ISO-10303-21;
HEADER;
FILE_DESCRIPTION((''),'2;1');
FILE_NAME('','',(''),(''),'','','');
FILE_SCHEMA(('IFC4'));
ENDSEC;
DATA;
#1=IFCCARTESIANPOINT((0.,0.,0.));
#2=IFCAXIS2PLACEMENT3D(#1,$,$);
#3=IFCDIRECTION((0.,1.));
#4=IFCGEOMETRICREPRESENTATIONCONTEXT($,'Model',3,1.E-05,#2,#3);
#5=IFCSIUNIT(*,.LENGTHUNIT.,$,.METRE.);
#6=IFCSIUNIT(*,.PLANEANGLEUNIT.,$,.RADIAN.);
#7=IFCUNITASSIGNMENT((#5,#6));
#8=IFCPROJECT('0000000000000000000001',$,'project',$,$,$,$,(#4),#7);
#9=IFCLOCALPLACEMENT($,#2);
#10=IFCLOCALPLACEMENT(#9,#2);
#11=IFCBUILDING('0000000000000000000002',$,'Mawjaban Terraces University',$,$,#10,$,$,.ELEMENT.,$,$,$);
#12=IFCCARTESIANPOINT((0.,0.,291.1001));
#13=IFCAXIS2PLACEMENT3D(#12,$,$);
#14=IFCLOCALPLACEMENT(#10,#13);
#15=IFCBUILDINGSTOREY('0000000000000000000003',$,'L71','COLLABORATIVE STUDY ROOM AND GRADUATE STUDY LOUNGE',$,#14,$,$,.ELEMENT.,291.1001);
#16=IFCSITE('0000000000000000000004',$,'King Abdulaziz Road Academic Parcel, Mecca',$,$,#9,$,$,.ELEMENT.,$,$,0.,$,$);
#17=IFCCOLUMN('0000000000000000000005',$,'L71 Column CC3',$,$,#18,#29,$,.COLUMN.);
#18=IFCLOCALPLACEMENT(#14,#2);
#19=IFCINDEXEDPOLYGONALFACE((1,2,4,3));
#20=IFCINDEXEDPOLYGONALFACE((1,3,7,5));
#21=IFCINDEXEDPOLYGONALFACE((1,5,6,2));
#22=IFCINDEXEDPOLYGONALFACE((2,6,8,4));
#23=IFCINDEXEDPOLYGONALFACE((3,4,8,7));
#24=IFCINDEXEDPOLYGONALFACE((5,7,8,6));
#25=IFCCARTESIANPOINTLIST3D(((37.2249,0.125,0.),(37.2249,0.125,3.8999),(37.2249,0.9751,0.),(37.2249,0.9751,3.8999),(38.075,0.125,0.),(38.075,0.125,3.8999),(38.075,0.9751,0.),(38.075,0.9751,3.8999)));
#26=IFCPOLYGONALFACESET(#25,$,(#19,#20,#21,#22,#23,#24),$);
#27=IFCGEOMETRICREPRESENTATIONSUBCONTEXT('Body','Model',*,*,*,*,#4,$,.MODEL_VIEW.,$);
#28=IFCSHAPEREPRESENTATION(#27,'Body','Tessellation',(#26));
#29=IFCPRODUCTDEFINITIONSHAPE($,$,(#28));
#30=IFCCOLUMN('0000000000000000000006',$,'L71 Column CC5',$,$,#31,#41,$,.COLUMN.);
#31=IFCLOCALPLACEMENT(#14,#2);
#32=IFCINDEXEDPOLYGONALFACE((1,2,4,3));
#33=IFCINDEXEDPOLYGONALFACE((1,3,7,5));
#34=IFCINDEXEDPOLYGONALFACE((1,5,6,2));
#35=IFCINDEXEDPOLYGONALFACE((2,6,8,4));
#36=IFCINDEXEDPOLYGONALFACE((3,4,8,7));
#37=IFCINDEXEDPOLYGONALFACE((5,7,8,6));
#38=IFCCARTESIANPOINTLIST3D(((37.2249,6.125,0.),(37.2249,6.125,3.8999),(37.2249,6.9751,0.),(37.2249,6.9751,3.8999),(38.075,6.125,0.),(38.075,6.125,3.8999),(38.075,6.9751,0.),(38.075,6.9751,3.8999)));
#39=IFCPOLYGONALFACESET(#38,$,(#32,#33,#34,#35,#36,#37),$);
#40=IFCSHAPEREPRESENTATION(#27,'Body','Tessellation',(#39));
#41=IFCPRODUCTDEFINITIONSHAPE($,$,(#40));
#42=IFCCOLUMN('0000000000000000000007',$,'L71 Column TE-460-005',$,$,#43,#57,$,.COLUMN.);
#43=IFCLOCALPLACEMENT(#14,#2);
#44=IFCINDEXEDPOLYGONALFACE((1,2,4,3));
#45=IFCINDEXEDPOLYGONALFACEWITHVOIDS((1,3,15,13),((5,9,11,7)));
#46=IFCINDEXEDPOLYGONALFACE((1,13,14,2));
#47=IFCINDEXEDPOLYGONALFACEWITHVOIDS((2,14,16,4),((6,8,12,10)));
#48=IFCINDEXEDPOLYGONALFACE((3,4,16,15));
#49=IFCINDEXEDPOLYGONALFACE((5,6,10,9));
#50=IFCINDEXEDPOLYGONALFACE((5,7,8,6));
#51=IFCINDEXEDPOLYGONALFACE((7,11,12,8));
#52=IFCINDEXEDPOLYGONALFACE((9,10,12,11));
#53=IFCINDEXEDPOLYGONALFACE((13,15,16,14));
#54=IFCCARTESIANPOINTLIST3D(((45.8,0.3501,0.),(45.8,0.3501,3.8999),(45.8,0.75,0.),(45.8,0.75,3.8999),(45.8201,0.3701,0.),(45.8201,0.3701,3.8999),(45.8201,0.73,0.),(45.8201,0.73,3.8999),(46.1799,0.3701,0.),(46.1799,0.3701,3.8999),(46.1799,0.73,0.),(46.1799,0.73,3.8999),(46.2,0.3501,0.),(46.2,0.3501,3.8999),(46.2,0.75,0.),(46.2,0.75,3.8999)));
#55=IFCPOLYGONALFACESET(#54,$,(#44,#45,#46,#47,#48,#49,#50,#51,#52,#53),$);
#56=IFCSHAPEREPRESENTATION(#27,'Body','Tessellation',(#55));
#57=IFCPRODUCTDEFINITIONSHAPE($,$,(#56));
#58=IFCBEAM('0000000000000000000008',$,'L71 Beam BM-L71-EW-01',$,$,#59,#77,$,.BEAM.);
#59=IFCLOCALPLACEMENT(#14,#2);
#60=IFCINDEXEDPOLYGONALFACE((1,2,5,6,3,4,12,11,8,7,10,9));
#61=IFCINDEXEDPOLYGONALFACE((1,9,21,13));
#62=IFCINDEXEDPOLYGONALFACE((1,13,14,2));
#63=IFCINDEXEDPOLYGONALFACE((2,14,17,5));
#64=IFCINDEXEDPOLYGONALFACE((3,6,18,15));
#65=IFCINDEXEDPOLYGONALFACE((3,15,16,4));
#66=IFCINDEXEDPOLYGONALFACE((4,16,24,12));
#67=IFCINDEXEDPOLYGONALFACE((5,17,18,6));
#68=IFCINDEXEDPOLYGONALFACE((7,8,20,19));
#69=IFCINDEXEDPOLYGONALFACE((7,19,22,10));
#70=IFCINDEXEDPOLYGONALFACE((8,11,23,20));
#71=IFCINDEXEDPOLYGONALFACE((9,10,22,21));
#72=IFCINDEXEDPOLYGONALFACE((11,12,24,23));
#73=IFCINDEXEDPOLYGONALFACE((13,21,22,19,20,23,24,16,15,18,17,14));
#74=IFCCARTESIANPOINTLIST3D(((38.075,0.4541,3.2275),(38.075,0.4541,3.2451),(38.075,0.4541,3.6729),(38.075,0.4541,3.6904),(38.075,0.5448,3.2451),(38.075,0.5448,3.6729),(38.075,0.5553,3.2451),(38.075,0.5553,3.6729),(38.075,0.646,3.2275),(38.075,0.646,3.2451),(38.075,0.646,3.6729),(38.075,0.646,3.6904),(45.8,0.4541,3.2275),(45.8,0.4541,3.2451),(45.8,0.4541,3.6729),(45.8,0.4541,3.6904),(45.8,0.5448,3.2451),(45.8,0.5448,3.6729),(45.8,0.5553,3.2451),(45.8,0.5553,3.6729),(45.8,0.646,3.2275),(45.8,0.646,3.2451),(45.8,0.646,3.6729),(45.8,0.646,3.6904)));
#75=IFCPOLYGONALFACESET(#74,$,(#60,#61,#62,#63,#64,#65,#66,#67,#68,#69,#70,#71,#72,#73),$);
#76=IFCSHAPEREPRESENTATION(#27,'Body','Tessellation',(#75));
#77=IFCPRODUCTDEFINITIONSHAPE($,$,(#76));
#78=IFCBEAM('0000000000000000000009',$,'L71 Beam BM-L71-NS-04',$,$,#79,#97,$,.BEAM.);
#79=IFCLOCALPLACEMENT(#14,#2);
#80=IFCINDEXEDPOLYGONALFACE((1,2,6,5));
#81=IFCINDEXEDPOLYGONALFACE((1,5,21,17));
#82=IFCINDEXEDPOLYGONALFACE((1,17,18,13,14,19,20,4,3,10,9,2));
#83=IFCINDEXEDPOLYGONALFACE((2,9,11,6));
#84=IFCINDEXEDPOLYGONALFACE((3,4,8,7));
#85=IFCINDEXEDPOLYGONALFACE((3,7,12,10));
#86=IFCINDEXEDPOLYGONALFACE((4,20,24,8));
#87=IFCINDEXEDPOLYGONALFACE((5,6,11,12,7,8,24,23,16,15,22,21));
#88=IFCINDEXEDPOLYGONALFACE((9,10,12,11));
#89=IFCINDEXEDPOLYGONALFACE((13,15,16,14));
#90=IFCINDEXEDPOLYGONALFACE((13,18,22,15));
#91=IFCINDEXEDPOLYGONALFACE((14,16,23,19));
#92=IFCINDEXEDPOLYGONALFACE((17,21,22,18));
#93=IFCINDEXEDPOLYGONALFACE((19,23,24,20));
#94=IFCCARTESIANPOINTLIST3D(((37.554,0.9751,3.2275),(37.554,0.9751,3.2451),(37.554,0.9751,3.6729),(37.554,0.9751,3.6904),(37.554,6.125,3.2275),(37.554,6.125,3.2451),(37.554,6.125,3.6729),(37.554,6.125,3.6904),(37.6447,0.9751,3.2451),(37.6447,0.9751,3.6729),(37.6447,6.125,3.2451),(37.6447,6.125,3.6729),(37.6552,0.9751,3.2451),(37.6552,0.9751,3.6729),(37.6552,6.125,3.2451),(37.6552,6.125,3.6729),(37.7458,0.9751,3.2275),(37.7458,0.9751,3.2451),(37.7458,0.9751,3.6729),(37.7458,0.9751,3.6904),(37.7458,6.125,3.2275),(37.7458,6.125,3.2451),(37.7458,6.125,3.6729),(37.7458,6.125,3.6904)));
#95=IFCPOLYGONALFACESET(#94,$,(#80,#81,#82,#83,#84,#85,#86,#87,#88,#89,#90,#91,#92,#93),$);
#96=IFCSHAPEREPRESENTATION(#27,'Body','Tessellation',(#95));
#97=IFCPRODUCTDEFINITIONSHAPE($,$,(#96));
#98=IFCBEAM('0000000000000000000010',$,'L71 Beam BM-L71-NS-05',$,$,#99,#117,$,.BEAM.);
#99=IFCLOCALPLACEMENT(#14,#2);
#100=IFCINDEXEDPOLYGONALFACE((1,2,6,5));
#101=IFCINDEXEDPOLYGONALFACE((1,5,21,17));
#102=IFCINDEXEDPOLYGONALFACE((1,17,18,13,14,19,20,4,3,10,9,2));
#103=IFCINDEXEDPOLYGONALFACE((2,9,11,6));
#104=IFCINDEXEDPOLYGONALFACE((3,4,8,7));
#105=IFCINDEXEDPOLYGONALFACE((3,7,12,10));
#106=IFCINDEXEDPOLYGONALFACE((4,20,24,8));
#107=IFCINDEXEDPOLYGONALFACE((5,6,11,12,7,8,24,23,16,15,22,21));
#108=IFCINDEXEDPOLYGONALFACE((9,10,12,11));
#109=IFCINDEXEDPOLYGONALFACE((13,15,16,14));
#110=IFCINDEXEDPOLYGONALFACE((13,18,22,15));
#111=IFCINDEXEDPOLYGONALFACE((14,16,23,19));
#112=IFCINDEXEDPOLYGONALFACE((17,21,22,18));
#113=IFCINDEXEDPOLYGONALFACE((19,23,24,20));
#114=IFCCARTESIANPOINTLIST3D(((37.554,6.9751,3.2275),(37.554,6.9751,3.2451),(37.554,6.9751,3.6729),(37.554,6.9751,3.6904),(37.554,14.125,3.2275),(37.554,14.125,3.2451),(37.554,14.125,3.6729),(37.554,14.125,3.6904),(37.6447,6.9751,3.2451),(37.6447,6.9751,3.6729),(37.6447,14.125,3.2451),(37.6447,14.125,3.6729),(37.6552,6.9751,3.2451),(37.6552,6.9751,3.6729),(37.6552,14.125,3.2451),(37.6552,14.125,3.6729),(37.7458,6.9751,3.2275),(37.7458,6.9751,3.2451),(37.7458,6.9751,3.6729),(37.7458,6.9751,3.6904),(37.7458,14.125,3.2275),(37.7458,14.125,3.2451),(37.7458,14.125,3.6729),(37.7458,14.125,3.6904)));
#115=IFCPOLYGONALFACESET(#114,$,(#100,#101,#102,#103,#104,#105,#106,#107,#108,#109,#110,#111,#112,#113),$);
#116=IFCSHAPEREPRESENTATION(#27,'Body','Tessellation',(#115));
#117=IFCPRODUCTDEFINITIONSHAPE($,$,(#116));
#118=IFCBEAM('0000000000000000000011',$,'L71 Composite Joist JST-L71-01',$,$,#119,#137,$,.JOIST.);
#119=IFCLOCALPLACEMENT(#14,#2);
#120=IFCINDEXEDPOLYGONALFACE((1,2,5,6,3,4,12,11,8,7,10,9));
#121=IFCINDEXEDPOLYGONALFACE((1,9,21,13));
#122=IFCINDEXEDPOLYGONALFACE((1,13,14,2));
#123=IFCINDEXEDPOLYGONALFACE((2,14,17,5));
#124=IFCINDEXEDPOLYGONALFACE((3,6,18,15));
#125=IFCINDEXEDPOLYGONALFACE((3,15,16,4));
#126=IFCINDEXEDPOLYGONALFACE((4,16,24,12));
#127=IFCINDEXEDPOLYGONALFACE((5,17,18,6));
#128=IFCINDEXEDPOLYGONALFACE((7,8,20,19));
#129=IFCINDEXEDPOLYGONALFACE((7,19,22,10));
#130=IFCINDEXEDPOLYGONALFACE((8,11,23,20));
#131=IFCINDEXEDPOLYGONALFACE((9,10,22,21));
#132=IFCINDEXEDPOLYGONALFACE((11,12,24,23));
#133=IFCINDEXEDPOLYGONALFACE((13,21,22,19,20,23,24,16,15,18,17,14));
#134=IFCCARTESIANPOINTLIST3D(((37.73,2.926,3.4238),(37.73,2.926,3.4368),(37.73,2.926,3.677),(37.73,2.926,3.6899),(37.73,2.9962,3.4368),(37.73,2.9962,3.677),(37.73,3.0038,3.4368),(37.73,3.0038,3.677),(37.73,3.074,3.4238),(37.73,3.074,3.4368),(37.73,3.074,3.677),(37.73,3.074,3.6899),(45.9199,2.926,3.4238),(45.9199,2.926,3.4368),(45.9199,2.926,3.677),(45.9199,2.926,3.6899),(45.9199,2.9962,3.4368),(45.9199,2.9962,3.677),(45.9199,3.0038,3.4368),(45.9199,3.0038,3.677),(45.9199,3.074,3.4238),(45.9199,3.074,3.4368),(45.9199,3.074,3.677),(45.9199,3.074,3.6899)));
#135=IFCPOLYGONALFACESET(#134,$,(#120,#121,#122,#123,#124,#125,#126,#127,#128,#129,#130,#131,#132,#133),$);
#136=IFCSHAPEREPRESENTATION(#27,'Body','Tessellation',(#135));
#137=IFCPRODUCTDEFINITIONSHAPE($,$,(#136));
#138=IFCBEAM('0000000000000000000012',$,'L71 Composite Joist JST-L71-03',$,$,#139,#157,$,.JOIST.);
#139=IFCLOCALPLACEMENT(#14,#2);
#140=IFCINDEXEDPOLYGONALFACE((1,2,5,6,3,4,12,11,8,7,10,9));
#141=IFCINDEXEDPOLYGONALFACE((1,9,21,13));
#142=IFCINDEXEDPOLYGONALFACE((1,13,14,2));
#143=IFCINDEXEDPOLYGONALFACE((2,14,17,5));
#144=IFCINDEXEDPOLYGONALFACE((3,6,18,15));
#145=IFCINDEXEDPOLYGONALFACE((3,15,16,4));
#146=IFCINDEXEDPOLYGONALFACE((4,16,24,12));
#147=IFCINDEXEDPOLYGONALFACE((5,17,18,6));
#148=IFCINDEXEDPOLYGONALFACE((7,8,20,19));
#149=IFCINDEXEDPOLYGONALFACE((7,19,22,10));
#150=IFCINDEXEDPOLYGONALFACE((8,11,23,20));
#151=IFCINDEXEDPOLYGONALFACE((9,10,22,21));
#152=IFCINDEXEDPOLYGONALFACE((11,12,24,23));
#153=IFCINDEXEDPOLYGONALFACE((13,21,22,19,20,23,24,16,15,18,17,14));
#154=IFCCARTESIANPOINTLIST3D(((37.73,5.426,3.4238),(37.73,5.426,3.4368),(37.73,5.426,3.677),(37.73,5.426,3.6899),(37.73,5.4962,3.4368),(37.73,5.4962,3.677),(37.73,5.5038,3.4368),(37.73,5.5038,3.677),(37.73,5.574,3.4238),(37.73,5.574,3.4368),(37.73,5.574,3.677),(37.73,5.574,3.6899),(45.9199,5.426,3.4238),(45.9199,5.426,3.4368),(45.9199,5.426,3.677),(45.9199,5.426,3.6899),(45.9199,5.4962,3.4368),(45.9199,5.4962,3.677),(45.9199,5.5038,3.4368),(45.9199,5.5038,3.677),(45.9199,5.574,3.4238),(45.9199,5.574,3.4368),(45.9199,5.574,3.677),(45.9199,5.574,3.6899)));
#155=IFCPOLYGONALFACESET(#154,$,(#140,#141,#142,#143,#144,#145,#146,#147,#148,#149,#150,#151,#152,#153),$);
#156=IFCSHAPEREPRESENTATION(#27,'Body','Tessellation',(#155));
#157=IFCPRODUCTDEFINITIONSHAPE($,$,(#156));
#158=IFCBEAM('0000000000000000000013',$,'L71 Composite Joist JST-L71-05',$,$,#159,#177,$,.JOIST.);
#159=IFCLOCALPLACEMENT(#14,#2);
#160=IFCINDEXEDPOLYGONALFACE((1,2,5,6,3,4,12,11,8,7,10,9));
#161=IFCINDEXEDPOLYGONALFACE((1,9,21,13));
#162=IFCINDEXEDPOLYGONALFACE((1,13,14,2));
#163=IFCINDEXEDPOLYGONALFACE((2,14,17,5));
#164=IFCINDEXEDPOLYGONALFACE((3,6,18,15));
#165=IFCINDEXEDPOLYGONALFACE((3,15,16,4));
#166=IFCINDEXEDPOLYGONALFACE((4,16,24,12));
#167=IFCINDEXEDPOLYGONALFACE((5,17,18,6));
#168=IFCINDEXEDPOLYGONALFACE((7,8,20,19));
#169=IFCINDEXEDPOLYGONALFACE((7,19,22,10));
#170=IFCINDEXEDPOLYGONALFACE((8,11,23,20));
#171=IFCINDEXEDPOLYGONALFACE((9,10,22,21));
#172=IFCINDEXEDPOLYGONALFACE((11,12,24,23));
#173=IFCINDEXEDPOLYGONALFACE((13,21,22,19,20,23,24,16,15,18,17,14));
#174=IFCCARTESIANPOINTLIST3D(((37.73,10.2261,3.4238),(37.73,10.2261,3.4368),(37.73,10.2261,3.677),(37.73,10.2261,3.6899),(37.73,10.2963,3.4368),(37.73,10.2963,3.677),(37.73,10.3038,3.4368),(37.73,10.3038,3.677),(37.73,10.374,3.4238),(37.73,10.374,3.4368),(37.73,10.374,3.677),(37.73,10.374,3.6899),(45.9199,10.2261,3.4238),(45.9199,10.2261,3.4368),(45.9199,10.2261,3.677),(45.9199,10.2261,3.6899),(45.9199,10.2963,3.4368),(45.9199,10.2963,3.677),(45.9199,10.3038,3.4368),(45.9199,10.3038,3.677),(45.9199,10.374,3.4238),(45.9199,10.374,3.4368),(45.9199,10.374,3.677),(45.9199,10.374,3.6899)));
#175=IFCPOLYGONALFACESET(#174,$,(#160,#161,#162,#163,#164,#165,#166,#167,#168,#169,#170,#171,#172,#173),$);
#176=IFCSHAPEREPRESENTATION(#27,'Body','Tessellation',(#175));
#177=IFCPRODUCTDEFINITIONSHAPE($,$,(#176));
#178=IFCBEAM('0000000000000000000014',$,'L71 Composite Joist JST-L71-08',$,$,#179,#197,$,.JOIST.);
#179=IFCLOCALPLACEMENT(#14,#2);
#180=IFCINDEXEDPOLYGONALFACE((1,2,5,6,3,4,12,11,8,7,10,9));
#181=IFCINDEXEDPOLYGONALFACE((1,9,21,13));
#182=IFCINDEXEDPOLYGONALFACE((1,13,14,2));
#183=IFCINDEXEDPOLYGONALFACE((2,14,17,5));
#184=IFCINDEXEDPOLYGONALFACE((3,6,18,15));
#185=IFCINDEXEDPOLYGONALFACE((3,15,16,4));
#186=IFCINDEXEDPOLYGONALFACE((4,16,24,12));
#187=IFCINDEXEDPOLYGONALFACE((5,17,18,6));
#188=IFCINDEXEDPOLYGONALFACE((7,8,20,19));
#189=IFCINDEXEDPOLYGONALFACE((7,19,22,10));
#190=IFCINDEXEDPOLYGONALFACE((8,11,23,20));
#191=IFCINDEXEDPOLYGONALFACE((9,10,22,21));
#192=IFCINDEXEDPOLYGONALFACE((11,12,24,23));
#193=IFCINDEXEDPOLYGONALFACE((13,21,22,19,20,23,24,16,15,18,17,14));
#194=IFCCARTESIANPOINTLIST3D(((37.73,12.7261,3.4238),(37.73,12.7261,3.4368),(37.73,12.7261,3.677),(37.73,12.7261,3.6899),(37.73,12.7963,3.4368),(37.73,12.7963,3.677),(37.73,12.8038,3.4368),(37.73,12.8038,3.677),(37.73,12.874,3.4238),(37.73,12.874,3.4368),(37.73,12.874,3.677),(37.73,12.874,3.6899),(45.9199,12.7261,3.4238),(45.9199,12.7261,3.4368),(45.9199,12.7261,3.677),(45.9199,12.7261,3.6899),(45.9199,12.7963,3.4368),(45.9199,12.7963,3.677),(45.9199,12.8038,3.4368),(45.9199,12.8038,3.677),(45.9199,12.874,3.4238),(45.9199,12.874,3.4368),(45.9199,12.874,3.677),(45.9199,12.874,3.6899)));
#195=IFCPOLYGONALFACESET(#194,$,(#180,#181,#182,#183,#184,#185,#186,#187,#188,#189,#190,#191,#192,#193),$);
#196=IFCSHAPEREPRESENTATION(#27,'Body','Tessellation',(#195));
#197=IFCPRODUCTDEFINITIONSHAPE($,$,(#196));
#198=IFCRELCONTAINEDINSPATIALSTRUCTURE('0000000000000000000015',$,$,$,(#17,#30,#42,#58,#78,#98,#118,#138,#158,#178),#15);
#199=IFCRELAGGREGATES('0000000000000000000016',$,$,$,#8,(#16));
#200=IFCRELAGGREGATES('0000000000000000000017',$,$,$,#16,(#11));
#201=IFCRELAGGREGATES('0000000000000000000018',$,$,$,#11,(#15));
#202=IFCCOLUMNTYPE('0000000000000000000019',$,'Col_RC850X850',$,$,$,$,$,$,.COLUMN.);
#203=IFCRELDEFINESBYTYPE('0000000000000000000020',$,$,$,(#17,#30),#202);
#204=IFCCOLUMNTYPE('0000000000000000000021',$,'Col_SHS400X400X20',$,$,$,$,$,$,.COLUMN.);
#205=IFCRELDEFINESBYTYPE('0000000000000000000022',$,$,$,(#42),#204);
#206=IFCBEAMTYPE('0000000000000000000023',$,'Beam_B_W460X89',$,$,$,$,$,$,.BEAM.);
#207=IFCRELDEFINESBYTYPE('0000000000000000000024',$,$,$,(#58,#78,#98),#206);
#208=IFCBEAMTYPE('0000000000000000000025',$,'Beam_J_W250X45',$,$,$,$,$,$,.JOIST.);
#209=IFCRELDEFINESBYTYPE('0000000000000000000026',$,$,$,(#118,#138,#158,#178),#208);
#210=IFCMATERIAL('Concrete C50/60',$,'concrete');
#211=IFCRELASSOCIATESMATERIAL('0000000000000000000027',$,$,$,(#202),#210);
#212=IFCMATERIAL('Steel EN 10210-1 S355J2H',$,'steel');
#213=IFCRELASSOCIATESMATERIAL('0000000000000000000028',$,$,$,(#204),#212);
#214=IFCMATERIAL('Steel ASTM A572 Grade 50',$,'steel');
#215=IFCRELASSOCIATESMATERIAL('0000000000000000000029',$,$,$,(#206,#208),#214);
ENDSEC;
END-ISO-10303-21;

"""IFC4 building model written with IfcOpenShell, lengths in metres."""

from ifc_helpers import new_model, si_unit, direction, frame, origin, origin_2d, place, context, subcontext, project, spatial, rectangle, hollow_rectangle, i_section, extrude, material, material_profile, profile_set, type_object, element, save


model = new_model("IFC4")

# Units and contexts
model_context = context("Model", 3, precision=1e-05, world=origin(), true_north=direction((0.0, 1.0)))
body_context = subcontext(model_context, "Body", "Model", "MODEL_VIEW")
ifc_project = project(units=[si_unit("LENGTHUNIT", "METRE"), si_unit("PLANEANGLEUNIT", "RADIAN")], contexts=[model_context])

# Site, building, storey
site_placement = place(None, origin())
site = spatial("IfcSite", under=ifc_project, at=site_placement, Name="King Abdulaziz Road Academic Parcel, Mecca", CompositionType="ELEMENT", RefElevation=0.0)
building_placement = place(site_placement, origin())
building = spatial("IfcBuilding", under=site, at=building_placement, Name="Mawjaban Terraces University", CompositionType="ELEMENT")
storey_placement = place(building_placement, frame((0.0, 0.0, 291.1001)))
storey = spatial("IfcBuildingStorey", under=building, at=storey_placement, Name="L71", Description="COLLABORATIVE STUDY ROOM AND GRADUATE STUDY LOUNGE", CompositionType="ELEMENT", Elevation=291.1001)

# Columns
ifc_material_1 = material(Name="Concrete C50/60", Category="concrete")
ifc_material_profile_1 = material_profile(ifc_material_1, rectangle(XDim=0.8501, YDim=0.8501, at=origin_2d()), Name="RC850X850")
ifc_profile_set_1 = profile_set([ifc_material_profile_1], Name="Concrete C50/60")
column_type_1 = type_object("IfcColumnType", Name="Col_RC850X850", PredefinedType="COLUMN", material=ifc_profile_set_1)
for number, where, z_axis, x_axis, name in (
    (1, (37.6499, 0.55, 0.0), (0.0, 0.0, 1.0), (1.0, 0.0, 0.0), "L71 Column CC3"),
    (2, (37.6499, 6.55, 0.0), (0.0, 0.0, 1.0), (1.0, 0.0, 0.0), "L71 Column CC5"),
):
    element("IfcColumn", number, at=place(storey_placement, frame(where, z_axis=z_axis, x_axis=x_axis)), inside=storey, type_object=column_type_1, Name=name, PredefinedType="COLUMN", context=body_context, shape_type="SweptSolid", body=[
        extrude(rectangle(XDim=0.8501, YDim=0.8501, at=origin_2d()), origin(), (0.0, 0.0, 1.0), 3.8999),
    ])
ifc_material_2 = material(Name="Steel EN 10210-1 S355J2H", Category="steel")
ifc_material_profile_2 = material_profile(ifc_material_2, hollow_rectangle(XDim=0.3999, YDim=0.3999, WallThickness=0.02, at=origin_2d()), Name="SHS400X400X20")
ifc_profile_set_2 = profile_set([ifc_material_profile_2], Name="Steel EN 10210-1 S355J2H")
column_type_2 = type_object("IfcColumnType", Name="Col_SHS400X400X20", PredefinedType="COLUMN", material=ifc_profile_set_2)
column_placement = place(storey_placement, frame((46.0, 0.55, 0.0), z_axis=(0.0, 0.0, 1.0), x_axis=(1.0, 0.0, 0.0)))
element("IfcColumn", 3, at=column_placement, inside=storey, type_object=column_type_2, Name="L71 Column TE-460-005", PredefinedType="COLUMN", context=body_context, shape_type="SweptSolid", body=[
    extrude(hollow_rectangle(XDim=0.3999, YDim=0.3999, WallThickness=0.02, at=origin_2d()), origin(), (0.0, 0.0, 1.0), 3.8999),
])

# Beams
ifc_material_3 = material(Name="Steel ASTM A572 Grade 50", Category="steel")
ifc_material_profile_3 = material_profile(ifc_material_3, i_section(OverallWidth=0.1919, OverallDepth=0.4629, WebThickness=0.0105, FlangeThickness=0.0176, at=origin_2d()), Name="W460X89")
ifc_profile_set_3 = profile_set([ifc_material_profile_3], Name="Steel ASTM A572 Grade 50")
beam_type_1 = type_object("IfcBeamType", Name="Beam_B_W460X89", PredefinedType="BEAM", material=ifc_profile_set_3)
beam_1_placement = place(storey_placement, frame((38.075, 0.55, 3.459), z_axis=(1.0, 0.0, 0.0), x_axis=(0.0, 1.0, 0.0)))
element("IfcBeam", 4, at=beam_1_placement, inside=storey, type_object=beam_type_1, Name="L71 Beam BM-L71-EW-01", PredefinedType="BEAM", context=body_context, shape_type="SweptSolid", body=[
    extrude(i_section(OverallWidth=0.1919, OverallDepth=0.4629, WebThickness=0.0105, FlangeThickness=0.0176, at=origin_2d()), origin(), (0.0, 0.0, 1.0), 7.7251),
])
beam_2_placement = place(storey_placement, frame((37.6499, 0.9751, 3.459), z_axis=(0.0, 1.0, 0.0), x_axis=(-1.0, 0.0, 0.0)))
element("IfcBeam", 5, at=beam_2_placement, inside=storey, type_object=beam_type_1, Name="L71 Beam BM-L71-NS-04", PredefinedType="BEAM", context=body_context, shape_type="SweptSolid", body=[
    extrude(i_section(OverallWidth=0.1919, OverallDepth=0.4629, WebThickness=0.0105, FlangeThickness=0.0176, at=origin_2d()), origin(), (0.0, 0.0, 1.0), 5.1499),
])
beam_3_placement = place(storey_placement, frame((37.6499, 6.9751, 3.459), z_axis=(0.0, 1.0, 0.0), x_axis=(-1.0, 0.0, 0.0)))
element("IfcBeam", 6, at=beam_3_placement, inside=storey, type_object=beam_type_1, Name="L71 Beam BM-L71-NS-05", PredefinedType="BEAM", context=body_context, shape_type="SweptSolid", body=[
    extrude(i_section(OverallWidth=0.1919, OverallDepth=0.4629, WebThickness=0.0105, FlangeThickness=0.0176, at=origin_2d()), origin(), (0.0, 0.0, 1.0), 7.1499),
])
ifc_material_profile_4 = material_profile(ifc_material_3, i_section(OverallWidth=0.1479, OverallDepth=0.2661, WebThickness=0.0076, FlangeThickness=0.0129, at=origin_2d()), Name="W250X45")
ifc_profile_set_4 = profile_set([ifc_material_profile_4], Name="Steel ASTM A572 Grade 50")
beam_type_2 = type_object("IfcBeamType", Name="Beam_J_W250X45", PredefinedType="JOIST", material=ifc_profile_set_4)
for number, where, z_axis, x_axis, name in (
    (7, (37.73, 3.0, 3.5569), (1.0, 0.0, 0.0), (0.0, 1.0, 0.0), "L71 Composite Joist JST-L71-01"),
    (8, (37.73, 5.5, 3.5569), (1.0, 0.0, 0.0), (0.0, 1.0, 0.0), "L71 Composite Joist JST-L71-03"),
    (9, (37.73, 10.3, 3.5569), (1.0, 0.0, 0.0), (0.0, 1.0, 0.0), "L71 Composite Joist JST-L71-05"),
    (10, (37.73, 12.8, 3.5569), (1.0, 0.0, 0.0), (0.0, 1.0, 0.0), "L71 Composite Joist JST-L71-08"),
):
    element("IfcBeam", number, at=place(storey_placement, frame(where, z_axis=z_axis, x_axis=x_axis)), inside=storey, type_object=beam_type_2, Name=name, PredefinedType="JOIST", context=body_context, shape_type="SweptSolid", body=[
        extrude(i_section(OverallWidth=0.1479, OverallDepth=0.2661, WebThickness=0.0076, FlangeThickness=0.0129, at=origin_2d()), origin(), (0.0, 0.0, 1.0), 8.1899),
    ])

save(model, "model.ifc")
